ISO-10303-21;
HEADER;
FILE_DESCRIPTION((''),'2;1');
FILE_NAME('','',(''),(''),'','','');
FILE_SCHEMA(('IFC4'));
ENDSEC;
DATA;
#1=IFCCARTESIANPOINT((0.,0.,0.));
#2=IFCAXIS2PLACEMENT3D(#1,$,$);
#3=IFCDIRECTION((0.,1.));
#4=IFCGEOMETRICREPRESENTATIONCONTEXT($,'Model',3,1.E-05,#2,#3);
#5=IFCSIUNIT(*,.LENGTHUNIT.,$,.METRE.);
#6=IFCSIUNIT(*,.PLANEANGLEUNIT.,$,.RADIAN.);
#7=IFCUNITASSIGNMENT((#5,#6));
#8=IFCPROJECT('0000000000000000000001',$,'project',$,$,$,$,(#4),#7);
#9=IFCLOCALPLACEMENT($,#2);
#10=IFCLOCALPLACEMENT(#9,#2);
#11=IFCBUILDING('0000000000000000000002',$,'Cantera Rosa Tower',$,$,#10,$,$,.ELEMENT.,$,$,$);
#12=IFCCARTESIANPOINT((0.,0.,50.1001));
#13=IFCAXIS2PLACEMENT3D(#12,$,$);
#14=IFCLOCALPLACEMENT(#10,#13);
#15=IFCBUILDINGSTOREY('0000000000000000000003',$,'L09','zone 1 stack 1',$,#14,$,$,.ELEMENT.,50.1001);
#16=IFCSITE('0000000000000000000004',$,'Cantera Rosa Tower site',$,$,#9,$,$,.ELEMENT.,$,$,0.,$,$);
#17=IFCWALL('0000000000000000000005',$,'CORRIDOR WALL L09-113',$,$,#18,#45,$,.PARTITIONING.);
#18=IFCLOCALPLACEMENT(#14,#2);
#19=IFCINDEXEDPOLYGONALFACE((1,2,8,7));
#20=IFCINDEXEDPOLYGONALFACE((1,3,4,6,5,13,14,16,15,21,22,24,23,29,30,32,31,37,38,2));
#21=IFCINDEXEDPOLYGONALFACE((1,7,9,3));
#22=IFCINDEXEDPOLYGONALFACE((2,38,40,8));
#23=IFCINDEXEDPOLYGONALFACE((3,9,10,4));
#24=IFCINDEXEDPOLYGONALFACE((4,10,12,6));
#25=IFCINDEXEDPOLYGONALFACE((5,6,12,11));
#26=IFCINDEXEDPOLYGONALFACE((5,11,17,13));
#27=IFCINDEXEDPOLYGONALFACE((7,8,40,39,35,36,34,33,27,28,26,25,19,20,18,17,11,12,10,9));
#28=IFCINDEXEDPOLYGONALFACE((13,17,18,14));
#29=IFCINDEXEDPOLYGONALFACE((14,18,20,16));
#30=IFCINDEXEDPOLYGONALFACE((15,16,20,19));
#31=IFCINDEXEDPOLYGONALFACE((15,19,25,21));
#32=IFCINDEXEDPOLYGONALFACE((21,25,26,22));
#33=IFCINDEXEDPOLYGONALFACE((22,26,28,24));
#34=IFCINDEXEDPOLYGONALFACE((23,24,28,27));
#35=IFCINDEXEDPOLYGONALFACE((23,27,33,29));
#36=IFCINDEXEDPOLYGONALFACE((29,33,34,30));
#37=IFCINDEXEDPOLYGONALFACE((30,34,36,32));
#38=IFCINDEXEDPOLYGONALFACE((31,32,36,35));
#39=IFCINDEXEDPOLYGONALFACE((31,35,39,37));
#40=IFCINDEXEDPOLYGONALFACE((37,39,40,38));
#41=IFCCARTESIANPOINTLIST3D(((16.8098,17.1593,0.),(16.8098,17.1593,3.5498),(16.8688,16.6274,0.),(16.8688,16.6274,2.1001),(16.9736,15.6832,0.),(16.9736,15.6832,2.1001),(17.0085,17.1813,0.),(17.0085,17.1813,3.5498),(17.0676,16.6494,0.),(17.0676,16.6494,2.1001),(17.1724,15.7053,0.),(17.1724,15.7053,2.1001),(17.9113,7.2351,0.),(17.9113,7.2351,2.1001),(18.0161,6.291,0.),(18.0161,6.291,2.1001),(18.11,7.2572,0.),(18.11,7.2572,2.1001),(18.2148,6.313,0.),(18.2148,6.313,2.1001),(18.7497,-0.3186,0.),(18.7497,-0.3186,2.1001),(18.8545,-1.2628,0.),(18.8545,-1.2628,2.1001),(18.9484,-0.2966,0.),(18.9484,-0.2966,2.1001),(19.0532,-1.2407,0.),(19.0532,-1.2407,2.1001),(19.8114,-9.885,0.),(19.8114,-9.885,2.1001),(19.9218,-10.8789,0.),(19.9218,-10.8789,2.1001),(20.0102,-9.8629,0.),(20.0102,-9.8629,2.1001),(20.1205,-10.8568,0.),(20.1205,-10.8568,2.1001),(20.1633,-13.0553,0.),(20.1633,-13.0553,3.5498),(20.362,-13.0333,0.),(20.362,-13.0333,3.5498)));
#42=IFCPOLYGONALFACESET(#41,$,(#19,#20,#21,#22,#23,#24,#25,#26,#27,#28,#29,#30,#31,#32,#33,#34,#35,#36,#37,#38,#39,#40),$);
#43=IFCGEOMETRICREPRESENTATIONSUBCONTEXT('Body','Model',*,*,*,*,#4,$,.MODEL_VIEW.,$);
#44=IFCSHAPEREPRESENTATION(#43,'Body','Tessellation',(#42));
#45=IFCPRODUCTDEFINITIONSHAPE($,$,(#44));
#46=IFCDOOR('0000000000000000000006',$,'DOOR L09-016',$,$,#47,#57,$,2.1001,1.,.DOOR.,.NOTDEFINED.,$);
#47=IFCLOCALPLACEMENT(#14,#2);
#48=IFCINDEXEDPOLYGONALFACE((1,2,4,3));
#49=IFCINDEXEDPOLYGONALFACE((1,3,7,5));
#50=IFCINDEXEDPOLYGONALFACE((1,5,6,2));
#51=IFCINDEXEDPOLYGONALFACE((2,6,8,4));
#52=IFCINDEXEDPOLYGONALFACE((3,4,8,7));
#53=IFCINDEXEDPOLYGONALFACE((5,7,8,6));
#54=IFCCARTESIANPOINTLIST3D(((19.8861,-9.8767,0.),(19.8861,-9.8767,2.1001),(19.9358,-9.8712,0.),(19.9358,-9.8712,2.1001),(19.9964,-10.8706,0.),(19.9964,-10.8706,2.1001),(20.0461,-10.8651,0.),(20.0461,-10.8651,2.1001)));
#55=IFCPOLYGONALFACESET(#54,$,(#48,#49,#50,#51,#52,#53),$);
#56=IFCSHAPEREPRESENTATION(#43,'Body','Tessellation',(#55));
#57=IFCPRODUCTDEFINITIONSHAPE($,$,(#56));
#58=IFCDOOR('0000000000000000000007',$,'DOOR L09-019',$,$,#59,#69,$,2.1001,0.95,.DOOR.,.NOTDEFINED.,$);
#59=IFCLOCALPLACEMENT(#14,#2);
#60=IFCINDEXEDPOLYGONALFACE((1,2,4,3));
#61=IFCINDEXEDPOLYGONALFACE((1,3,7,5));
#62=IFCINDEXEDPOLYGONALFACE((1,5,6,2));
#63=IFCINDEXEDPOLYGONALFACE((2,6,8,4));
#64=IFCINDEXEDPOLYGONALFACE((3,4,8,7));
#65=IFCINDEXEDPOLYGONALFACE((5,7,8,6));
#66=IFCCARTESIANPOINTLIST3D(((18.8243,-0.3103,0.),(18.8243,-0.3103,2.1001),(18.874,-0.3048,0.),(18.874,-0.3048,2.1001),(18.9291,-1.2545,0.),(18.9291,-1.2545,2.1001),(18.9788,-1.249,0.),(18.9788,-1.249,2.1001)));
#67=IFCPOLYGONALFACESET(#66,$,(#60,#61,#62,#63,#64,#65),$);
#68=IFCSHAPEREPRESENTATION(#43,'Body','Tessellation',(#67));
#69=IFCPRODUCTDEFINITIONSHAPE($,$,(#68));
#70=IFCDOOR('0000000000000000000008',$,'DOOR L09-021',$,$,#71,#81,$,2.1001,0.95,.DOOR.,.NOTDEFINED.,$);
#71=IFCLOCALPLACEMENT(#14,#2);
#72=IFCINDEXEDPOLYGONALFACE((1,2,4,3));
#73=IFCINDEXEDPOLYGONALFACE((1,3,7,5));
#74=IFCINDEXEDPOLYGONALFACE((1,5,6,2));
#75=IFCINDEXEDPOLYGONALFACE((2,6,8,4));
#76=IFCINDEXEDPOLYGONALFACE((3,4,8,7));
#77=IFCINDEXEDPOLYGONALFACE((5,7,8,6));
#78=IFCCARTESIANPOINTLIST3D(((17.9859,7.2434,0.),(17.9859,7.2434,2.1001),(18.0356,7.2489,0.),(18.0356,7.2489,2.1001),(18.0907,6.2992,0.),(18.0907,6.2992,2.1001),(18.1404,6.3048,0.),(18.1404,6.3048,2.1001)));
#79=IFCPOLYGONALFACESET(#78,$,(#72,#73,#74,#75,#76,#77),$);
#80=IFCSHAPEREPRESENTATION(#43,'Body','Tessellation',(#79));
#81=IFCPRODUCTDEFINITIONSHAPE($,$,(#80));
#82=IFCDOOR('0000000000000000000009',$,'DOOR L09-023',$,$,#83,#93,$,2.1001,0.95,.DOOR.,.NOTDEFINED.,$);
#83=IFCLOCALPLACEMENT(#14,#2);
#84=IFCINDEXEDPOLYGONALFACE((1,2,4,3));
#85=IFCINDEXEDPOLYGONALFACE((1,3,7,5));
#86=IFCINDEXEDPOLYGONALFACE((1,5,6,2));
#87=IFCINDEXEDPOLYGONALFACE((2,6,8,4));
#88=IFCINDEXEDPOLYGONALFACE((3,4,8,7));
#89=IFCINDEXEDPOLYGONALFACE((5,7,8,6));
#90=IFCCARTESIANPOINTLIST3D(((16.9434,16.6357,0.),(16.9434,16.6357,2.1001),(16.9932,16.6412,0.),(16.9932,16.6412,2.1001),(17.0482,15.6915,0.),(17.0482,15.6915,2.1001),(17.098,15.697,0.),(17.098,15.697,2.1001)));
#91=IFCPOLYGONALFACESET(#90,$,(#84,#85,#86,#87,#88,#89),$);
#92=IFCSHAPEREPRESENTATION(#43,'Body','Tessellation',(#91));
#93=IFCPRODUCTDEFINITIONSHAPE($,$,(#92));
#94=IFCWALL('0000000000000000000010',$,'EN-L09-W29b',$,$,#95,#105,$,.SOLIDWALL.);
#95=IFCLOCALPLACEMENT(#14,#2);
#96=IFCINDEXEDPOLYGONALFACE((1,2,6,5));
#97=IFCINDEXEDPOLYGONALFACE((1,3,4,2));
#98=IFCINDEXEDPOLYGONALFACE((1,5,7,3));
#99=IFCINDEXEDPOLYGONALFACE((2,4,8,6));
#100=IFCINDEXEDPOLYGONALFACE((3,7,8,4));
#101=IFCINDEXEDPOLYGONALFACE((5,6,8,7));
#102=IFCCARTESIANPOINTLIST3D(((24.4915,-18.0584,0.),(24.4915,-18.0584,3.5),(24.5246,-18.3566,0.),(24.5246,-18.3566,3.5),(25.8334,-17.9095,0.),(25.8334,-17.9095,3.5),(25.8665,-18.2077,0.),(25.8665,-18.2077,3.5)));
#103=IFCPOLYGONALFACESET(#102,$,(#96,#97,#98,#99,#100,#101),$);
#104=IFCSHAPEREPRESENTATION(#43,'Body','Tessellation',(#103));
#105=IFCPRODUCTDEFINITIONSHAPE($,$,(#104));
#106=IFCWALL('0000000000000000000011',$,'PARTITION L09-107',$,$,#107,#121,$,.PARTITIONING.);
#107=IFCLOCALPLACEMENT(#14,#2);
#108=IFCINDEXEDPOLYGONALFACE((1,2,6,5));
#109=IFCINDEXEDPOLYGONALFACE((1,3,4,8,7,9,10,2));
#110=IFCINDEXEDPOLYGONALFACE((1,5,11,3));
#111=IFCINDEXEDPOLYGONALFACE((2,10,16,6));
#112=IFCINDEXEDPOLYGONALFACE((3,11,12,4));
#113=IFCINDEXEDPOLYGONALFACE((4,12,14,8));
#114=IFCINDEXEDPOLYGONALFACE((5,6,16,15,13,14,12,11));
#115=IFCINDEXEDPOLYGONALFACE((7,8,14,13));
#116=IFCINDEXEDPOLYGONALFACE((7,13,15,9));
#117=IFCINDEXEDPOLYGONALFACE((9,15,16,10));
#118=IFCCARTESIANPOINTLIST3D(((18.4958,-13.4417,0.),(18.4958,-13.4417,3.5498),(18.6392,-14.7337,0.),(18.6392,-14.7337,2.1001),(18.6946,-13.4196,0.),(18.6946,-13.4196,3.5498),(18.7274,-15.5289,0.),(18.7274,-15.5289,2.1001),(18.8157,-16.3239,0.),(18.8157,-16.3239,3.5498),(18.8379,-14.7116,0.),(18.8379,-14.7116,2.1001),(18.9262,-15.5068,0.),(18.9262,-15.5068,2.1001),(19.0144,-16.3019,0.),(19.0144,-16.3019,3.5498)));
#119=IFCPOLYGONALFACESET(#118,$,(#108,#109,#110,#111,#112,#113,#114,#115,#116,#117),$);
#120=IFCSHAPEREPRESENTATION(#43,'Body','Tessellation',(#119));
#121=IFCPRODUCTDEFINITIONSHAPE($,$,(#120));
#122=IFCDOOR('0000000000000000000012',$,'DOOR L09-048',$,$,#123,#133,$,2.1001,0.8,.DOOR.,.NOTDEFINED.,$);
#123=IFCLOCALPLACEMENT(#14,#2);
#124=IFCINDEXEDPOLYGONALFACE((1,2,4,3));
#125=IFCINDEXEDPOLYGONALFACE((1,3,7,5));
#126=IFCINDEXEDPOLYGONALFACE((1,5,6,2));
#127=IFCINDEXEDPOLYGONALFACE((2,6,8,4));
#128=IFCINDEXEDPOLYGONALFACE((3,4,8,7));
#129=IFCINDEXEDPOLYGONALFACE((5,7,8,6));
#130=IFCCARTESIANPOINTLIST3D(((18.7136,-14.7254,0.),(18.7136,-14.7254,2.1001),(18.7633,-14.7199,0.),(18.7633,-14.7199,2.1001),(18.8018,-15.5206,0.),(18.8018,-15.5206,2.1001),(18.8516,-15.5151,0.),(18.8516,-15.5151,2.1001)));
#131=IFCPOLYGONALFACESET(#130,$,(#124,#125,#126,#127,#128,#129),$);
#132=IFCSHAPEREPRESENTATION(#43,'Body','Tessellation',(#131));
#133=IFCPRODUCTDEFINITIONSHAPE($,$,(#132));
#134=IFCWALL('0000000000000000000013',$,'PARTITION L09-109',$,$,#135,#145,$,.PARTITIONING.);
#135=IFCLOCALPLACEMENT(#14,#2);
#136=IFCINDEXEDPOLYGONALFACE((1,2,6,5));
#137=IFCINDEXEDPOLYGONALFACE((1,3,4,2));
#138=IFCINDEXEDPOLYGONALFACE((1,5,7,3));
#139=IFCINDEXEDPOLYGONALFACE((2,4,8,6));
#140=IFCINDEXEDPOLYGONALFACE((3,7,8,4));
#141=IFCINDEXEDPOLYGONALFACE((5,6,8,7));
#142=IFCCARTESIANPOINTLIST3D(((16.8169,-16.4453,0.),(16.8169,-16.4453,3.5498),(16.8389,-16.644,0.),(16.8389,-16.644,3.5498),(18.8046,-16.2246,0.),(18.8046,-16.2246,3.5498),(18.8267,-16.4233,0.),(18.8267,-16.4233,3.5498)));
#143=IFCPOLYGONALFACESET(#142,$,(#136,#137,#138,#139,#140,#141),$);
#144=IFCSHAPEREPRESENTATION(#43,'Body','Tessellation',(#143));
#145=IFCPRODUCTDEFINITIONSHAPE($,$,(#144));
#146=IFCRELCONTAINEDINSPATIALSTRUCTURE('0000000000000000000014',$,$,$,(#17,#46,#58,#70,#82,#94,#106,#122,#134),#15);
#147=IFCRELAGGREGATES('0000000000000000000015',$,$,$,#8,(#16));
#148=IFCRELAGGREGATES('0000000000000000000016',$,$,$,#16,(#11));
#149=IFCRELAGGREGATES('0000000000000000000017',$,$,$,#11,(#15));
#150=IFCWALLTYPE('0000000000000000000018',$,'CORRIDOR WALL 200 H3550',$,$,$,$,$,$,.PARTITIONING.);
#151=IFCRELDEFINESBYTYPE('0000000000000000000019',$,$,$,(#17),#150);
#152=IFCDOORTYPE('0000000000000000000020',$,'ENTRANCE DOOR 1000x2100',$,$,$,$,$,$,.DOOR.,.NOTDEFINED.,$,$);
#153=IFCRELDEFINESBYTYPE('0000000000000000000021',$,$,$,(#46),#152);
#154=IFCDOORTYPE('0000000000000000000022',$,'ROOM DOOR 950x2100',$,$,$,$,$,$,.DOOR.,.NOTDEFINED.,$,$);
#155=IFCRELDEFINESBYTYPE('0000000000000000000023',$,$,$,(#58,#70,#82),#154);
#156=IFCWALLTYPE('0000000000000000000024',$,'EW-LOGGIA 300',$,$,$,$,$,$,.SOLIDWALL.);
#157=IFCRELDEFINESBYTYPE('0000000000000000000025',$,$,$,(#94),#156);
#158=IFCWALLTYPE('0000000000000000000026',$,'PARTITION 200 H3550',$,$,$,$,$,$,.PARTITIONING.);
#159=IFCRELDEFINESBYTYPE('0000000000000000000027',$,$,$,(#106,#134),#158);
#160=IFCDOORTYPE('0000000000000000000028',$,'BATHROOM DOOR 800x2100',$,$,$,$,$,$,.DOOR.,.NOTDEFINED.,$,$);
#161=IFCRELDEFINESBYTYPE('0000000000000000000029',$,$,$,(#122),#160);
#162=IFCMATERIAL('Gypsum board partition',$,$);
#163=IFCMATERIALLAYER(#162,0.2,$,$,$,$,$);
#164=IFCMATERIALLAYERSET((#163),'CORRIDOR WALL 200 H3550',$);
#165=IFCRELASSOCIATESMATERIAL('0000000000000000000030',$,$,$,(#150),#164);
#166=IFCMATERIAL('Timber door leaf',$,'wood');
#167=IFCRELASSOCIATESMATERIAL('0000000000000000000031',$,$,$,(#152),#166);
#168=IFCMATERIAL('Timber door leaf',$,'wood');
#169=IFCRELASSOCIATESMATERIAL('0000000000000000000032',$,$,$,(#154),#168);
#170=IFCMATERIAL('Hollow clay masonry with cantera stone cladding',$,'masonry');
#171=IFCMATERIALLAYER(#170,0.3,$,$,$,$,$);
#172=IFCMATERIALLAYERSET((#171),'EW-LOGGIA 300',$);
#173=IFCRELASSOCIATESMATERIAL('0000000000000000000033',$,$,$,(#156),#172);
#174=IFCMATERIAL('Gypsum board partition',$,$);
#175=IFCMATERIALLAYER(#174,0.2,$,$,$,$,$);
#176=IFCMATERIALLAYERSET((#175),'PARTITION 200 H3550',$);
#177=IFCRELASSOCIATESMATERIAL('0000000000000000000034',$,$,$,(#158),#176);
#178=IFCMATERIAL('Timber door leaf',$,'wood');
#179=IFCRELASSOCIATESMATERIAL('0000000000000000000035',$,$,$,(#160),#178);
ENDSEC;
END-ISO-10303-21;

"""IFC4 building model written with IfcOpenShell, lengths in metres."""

from ifc_helpers import new_model, si_unit, direction, frame, frame_2d, origin, place, context, subcontext, project, spatial, rectangle, extrude, material, layer, layer_set, type_object, element, fill, save


model = new_model("IFC4")

# Units and contexts
model_context = context("Model", 3, precision=1e-05, world=origin(), true_north=direction((0.0, 1.0)))
body_context = subcontext(model_context, "Body", "Model", "MODEL_VIEW")
ifc_project = project(units=[si_unit("LENGTHUNIT", "METRE"), si_unit("PLANEANGLEUNIT", "RADIAN")], contexts=[model_context])

# Site, building, storey
site_placement = place(None, origin())
site = spatial("IfcSite", under=ifc_project, at=site_placement, Name="Cantera Rosa Tower site", CompositionType="ELEMENT", RefElevation=0.0)
building_placement = place(site_placement, origin())
building = spatial("IfcBuilding", under=site, at=building_placement, Name="Cantera Rosa Tower", CompositionType="ELEMENT")
storey_placement = place(building_placement, frame((0.0, 0.0, 50.1001)))
storey = spatial("IfcBuildingStorey", under=building, at=storey_placement, Name="L09", Description="zone 1 stack 1", CompositionType="ELEMENT", Elevation=50.1001)

# Wall, openings, doors
ifc_material_1 = material(Name="Gypsum board partition")
ifc_layer_1 = layer(ifc_material_1, 0.2)
ifc_layer_set_1 = layer_set([ifc_layer_1], Name="CORRIDOR WALL 200 H3550")
wall_type_1 = type_object("IfcWallType", Name="CORRIDOR WALL 200 H3550", PredefinedType="PARTITIONING", material=ifc_layer_set_1)
wall_1_placement = place(storey_placement, frame((20.2627, -13.0444, 0.0), z_axis=(0.0, 0.0, 1.0), x_axis=(-0.110313, 0.993897, 0.0)))
wall_1 = element("IfcWall", 1, at=wall_1_placement, inside=storey, type_object=wall_type_1, Name="CORRIDOR WALL L09-113", PredefinedType="PARTITIONING", context=body_context, shape_type="SweptSolid", body=[
    extrude(rectangle(XDim=30.4001, YDim=0.2, at=frame_2d((15.2002, 0.0))), origin(), (0.0, 0.0, 1.0), 3.5498),
])
opening_1_placement = place(wall_1_placement, frame((2.1899, 0.0, 0.0)))
opening_1 = element("IfcOpeningElement", 2, at=opening_1_placement, cuts=wall_1, PredefinedType="OPENING", context=body_context, shape_type="SweptSolid", body=[
    extrude(rectangle(XDim=1.0, YDim=2.1001, at=frame_2d((0.5, 1.05))), frame((0.0, 0.1099, 0.0), z_axis=(0.0, -1.0, 0.0), x_axis=(1.0, 0.0, 0.0)), (0.0, 0.0, 1.0), 0.22),
])
opening_2_placement = place(wall_1_placement, frame((11.865, 0.0, 0.0)))
opening_2 = element("IfcOpeningElement", 3, at=opening_2_placement, cuts=wall_1, PredefinedType="OPENING", context=body_context, shape_type="SweptSolid", body=[
    extrude(rectangle(XDim=0.95, YDim=2.1001, at=frame_2d((0.4751, 1.05))), frame((0.0, 0.1099, 0.0), z_axis=(0.0, -1.0, 0.0), x_axis=(1.0, 0.0, 0.0)), (0.0, 0.0, 1.0), 0.22),
])
opening_3_placement = place(wall_1_placement, frame((19.4651, 0.0, 0.0)))
opening_3 = element("IfcOpeningElement", 4, at=opening_3_placement, cuts=wall_1, PredefinedType="OPENING", context=body_context, shape_type="SweptSolid", body=[
    extrude(rectangle(XDim=0.95, YDim=2.1001, at=frame_2d((0.4751, 1.05))), frame((0.0, 0.1099, 0.0), z_axis=(0.0, -1.0, 0.0), x_axis=(1.0, 0.0, 0.0)), (0.0, 0.0, 1.0), 0.22),
])
opening_4_placement = place(wall_1_placement, frame((28.915, 0.0, 0.0)))
opening_4 = element("IfcOpeningElement", 5, at=opening_4_placement, cuts=wall_1, PredefinedType="OPENING", context=body_context, shape_type="SweptSolid", body=[
    extrude(rectangle(XDim=0.95, YDim=2.1001, at=frame_2d((0.4751, 1.05))), frame((0.0, 0.1099, 0.0), z_axis=(0.0, -1.0, 0.0), x_axis=(1.0, 0.0, 0.0)), (0.0, 0.0, 1.0), 0.22),
])
ifc_material_2 = material(Name="Timber door leaf", Category="wood")
door_type_1 = type_object("IfcDoorType", Name="ENTRANCE DOOR 1000x2100", OperationType="NOTDEFINED", PredefinedType="DOOR", material=ifc_material_2)
door_1_placement = place(opening_1_placement, origin())
door_1 = element("IfcDoor", 6, at=door_1_placement, inside=storey, type_object=door_type_1, Name="DOOR L09-016", OperationType="NOTDEFINED", OverallHeight=2.1001, OverallWidth=1.0, PredefinedType="DOOR", context=body_context, shape_type="SweptSolid", body=[
    extrude(rectangle(XDim=1.0, YDim=2.1001, at=frame_2d((0.5, 1.05))), frame((0.0, 0.0249, 0.0), z_axis=(0.0, -1.0, 0.0), x_axis=(1.0, 0.0, 0.0)), (0.0, 0.0, 1.0), 0.05),
])
fill(opening_1, door_1)
ifc_material_3 = material(Name="Timber door leaf", Category="wood")
door_type_2 = type_object("IfcDoorType", Name="ROOM DOOR 950x2100", OperationType="NOTDEFINED", PredefinedType="DOOR", material=ifc_material_3)
door_2_placement = place(opening_2_placement, origin())
door_2 = element("IfcDoor", 7, at=door_2_placement, inside=storey, type_object=door_type_2, Name="DOOR L09-019", OperationType="NOTDEFINED", OverallHeight=2.1001, OverallWidth=0.95, PredefinedType="DOOR", context=body_context, shape_type="SweptSolid", body=[
    extrude(rectangle(XDim=0.95, YDim=2.1001, at=frame_2d((0.4751, 1.05))), frame((0.0, 0.0249, 0.0), z_axis=(0.0, -1.0, 0.0), x_axis=(1.0, 0.0, 0.0)), (0.0, 0.0, 1.0), 0.05),
])
fill(opening_2, door_2)
door_3_placement = place(opening_3_placement, origin())
door_3 = element("IfcDoor", 8, at=door_3_placement, inside=storey, type_object=door_type_2, Name="DOOR L09-021", OperationType="NOTDEFINED", OverallHeight=2.1001, OverallWidth=0.95, PredefinedType="DOOR", context=body_context, shape_type="SweptSolid", body=[
    extrude(rectangle(XDim=0.95, YDim=2.1001, at=frame_2d((0.4751, 1.05))), frame((0.0, 0.0249, 0.0), z_axis=(0.0, -1.0, 0.0), x_axis=(1.0, 0.0, 0.0)), (0.0, 0.0, 1.0), 0.05),
])
fill(opening_3, door_3)
door_4_placement = place(opening_4_placement, origin())
door_4 = element("IfcDoor", 9, at=door_4_placement, inside=storey, type_object=door_type_2, Name="DOOR L09-023", OperationType="NOTDEFINED", OverallHeight=2.1001, OverallWidth=0.95, PredefinedType="DOOR", context=body_context, shape_type="SweptSolid", body=[
    extrude(rectangle(XDim=0.95, YDim=2.1001, at=frame_2d((0.4751, 1.05))), frame((0.0, 0.0249, 0.0), z_axis=(0.0, -1.0, 0.0), x_axis=(1.0, 0.0, 0.0)), (0.0, 0.0, 1.0), 0.05),
])
fill(opening_4, door_4)

# Wall
ifc_material_4 = material(Name="Hollow clay masonry with cantera stone cladding", Category="masonry")
ifc_layer_2 = layer(ifc_material_4, 0.3)
ifc_layer_set_2 = layer_set([ifc_layer_2], Name="EW-LOGGIA 300")
wall_type_2 = type_object("IfcWallType", Name="EW-LOGGIA 300", PredefinedType="SOLIDWALL", material=ifc_layer_set_2)
wall_2_placement = place(storey_placement, frame((24.5081, -18.2075, 0.0), z_axis=(0.0, 0.0, 1.0), x_axis=(0.993897, 0.110312, 0.0)))
element("IfcWall", 10, at=wall_2_placement, inside=storey, type_object=wall_type_2, Name="EN-L09-W29b", PredefinedType="SOLIDWALL", context=body_context, shape_type="SweptSolid", body=[
    extrude(rectangle(XDim=1.3501, YDim=0.3, at=frame_2d((0.675, 0.0))), origin(), (0.0, 0.0, 1.0), 3.5),
])

# Wall, opening, door
ifc_material_5 = material(Name="Gypsum board partition")
ifc_layer_3 = layer(ifc_material_5, 0.2)
ifc_layer_set_3 = layer_set([ifc_layer_3], Name="PARTITION 200 H3550")
wall_type_3 = type_object("IfcWallType", Name="PARTITION 200 H3550", PredefinedType="PARTITIONING", material=ifc_layer_set_3)
wall_3_placement = place(storey_placement, frame((18.5952, -13.4307, 0.0), z_axis=(0.0, 0.0, 1.0), x_axis=(0.110284, -0.9939, 0.0)))
wall_3 = element("IfcWall", 11, at=wall_3_placement, inside=storey, type_object=wall_type_3, Name="PARTITION L09-107", PredefinedType="PARTITIONING", context=body_context, shape_type="SweptSolid", body=[
    extrude(rectangle(XDim=2.8999, YDim=0.2, at=frame_2d((1.45, 0.0))), origin(), (0.0, 0.0, 1.0), 3.5498),
])
opening_5_placement = place(wall_3_placement, frame((1.3, 0.0, 0.0)))
opening_5 = element("IfcOpeningElement", 12, at=opening_5_placement, cuts=wall_3, PredefinedType="OPENING", context=body_context, shape_type="SweptSolid", body=[
    extrude(rectangle(XDim=0.8, YDim=2.1001, at=frame_2d((0.3999, 1.05))), frame((0.0, 0.1099, 0.0), z_axis=(0.0, -1.0, 0.0), x_axis=(1.0, 0.0, 0.0)), (0.0, 0.0, 1.0), 0.22),
])
ifc_material_6 = material(Name="Timber door leaf", Category="wood")
door_type_3 = type_object("IfcDoorType", Name="BATHROOM DOOR 800x2100", OperationType="NOTDEFINED", PredefinedType="DOOR", material=ifc_material_6)
door_5_placement = place(opening_5_placement, origin())
door_5 = element("IfcDoor", 13, at=door_5_placement, inside=storey, type_object=door_type_3, Name="DOOR L09-048", OperationType="NOTDEFINED", OverallHeight=2.1001, OverallWidth=0.8, PredefinedType="DOOR", context=body_context, shape_type="SweptSolid", body=[
    extrude(rectangle(XDim=0.8, YDim=2.1001, at=frame_2d((0.3999, 1.05))), frame((0.0, 0.0249, 0.0), z_axis=(0.0, -1.0, 0.0), x_axis=(1.0, 0.0, 0.0)), (0.0, 0.0, 1.0), 0.05),
])
fill(opening_5, door_5)

# Wall
wall_4_placement = place(storey_placement, frame((18.8157, -16.324, 0.0), z_axis=(0.0, 0.0, 1.0), x_axis=(-0.993893, -0.110351, 0.0)))
element("IfcWall", 14, at=wall_4_placement, inside=storey, type_object=wall_type_3, Name="PARTITION L09-109", PredefinedType="PARTITIONING", context=body_context, shape_type="SweptSolid", body=[
    extrude(rectangle(XDim=2.0, YDim=0.2, at=frame_2d((1.0, 0.0))), origin(), (0.0, 0.0, 1.0), 3.5498),
])

save(model, "model.ifc")
